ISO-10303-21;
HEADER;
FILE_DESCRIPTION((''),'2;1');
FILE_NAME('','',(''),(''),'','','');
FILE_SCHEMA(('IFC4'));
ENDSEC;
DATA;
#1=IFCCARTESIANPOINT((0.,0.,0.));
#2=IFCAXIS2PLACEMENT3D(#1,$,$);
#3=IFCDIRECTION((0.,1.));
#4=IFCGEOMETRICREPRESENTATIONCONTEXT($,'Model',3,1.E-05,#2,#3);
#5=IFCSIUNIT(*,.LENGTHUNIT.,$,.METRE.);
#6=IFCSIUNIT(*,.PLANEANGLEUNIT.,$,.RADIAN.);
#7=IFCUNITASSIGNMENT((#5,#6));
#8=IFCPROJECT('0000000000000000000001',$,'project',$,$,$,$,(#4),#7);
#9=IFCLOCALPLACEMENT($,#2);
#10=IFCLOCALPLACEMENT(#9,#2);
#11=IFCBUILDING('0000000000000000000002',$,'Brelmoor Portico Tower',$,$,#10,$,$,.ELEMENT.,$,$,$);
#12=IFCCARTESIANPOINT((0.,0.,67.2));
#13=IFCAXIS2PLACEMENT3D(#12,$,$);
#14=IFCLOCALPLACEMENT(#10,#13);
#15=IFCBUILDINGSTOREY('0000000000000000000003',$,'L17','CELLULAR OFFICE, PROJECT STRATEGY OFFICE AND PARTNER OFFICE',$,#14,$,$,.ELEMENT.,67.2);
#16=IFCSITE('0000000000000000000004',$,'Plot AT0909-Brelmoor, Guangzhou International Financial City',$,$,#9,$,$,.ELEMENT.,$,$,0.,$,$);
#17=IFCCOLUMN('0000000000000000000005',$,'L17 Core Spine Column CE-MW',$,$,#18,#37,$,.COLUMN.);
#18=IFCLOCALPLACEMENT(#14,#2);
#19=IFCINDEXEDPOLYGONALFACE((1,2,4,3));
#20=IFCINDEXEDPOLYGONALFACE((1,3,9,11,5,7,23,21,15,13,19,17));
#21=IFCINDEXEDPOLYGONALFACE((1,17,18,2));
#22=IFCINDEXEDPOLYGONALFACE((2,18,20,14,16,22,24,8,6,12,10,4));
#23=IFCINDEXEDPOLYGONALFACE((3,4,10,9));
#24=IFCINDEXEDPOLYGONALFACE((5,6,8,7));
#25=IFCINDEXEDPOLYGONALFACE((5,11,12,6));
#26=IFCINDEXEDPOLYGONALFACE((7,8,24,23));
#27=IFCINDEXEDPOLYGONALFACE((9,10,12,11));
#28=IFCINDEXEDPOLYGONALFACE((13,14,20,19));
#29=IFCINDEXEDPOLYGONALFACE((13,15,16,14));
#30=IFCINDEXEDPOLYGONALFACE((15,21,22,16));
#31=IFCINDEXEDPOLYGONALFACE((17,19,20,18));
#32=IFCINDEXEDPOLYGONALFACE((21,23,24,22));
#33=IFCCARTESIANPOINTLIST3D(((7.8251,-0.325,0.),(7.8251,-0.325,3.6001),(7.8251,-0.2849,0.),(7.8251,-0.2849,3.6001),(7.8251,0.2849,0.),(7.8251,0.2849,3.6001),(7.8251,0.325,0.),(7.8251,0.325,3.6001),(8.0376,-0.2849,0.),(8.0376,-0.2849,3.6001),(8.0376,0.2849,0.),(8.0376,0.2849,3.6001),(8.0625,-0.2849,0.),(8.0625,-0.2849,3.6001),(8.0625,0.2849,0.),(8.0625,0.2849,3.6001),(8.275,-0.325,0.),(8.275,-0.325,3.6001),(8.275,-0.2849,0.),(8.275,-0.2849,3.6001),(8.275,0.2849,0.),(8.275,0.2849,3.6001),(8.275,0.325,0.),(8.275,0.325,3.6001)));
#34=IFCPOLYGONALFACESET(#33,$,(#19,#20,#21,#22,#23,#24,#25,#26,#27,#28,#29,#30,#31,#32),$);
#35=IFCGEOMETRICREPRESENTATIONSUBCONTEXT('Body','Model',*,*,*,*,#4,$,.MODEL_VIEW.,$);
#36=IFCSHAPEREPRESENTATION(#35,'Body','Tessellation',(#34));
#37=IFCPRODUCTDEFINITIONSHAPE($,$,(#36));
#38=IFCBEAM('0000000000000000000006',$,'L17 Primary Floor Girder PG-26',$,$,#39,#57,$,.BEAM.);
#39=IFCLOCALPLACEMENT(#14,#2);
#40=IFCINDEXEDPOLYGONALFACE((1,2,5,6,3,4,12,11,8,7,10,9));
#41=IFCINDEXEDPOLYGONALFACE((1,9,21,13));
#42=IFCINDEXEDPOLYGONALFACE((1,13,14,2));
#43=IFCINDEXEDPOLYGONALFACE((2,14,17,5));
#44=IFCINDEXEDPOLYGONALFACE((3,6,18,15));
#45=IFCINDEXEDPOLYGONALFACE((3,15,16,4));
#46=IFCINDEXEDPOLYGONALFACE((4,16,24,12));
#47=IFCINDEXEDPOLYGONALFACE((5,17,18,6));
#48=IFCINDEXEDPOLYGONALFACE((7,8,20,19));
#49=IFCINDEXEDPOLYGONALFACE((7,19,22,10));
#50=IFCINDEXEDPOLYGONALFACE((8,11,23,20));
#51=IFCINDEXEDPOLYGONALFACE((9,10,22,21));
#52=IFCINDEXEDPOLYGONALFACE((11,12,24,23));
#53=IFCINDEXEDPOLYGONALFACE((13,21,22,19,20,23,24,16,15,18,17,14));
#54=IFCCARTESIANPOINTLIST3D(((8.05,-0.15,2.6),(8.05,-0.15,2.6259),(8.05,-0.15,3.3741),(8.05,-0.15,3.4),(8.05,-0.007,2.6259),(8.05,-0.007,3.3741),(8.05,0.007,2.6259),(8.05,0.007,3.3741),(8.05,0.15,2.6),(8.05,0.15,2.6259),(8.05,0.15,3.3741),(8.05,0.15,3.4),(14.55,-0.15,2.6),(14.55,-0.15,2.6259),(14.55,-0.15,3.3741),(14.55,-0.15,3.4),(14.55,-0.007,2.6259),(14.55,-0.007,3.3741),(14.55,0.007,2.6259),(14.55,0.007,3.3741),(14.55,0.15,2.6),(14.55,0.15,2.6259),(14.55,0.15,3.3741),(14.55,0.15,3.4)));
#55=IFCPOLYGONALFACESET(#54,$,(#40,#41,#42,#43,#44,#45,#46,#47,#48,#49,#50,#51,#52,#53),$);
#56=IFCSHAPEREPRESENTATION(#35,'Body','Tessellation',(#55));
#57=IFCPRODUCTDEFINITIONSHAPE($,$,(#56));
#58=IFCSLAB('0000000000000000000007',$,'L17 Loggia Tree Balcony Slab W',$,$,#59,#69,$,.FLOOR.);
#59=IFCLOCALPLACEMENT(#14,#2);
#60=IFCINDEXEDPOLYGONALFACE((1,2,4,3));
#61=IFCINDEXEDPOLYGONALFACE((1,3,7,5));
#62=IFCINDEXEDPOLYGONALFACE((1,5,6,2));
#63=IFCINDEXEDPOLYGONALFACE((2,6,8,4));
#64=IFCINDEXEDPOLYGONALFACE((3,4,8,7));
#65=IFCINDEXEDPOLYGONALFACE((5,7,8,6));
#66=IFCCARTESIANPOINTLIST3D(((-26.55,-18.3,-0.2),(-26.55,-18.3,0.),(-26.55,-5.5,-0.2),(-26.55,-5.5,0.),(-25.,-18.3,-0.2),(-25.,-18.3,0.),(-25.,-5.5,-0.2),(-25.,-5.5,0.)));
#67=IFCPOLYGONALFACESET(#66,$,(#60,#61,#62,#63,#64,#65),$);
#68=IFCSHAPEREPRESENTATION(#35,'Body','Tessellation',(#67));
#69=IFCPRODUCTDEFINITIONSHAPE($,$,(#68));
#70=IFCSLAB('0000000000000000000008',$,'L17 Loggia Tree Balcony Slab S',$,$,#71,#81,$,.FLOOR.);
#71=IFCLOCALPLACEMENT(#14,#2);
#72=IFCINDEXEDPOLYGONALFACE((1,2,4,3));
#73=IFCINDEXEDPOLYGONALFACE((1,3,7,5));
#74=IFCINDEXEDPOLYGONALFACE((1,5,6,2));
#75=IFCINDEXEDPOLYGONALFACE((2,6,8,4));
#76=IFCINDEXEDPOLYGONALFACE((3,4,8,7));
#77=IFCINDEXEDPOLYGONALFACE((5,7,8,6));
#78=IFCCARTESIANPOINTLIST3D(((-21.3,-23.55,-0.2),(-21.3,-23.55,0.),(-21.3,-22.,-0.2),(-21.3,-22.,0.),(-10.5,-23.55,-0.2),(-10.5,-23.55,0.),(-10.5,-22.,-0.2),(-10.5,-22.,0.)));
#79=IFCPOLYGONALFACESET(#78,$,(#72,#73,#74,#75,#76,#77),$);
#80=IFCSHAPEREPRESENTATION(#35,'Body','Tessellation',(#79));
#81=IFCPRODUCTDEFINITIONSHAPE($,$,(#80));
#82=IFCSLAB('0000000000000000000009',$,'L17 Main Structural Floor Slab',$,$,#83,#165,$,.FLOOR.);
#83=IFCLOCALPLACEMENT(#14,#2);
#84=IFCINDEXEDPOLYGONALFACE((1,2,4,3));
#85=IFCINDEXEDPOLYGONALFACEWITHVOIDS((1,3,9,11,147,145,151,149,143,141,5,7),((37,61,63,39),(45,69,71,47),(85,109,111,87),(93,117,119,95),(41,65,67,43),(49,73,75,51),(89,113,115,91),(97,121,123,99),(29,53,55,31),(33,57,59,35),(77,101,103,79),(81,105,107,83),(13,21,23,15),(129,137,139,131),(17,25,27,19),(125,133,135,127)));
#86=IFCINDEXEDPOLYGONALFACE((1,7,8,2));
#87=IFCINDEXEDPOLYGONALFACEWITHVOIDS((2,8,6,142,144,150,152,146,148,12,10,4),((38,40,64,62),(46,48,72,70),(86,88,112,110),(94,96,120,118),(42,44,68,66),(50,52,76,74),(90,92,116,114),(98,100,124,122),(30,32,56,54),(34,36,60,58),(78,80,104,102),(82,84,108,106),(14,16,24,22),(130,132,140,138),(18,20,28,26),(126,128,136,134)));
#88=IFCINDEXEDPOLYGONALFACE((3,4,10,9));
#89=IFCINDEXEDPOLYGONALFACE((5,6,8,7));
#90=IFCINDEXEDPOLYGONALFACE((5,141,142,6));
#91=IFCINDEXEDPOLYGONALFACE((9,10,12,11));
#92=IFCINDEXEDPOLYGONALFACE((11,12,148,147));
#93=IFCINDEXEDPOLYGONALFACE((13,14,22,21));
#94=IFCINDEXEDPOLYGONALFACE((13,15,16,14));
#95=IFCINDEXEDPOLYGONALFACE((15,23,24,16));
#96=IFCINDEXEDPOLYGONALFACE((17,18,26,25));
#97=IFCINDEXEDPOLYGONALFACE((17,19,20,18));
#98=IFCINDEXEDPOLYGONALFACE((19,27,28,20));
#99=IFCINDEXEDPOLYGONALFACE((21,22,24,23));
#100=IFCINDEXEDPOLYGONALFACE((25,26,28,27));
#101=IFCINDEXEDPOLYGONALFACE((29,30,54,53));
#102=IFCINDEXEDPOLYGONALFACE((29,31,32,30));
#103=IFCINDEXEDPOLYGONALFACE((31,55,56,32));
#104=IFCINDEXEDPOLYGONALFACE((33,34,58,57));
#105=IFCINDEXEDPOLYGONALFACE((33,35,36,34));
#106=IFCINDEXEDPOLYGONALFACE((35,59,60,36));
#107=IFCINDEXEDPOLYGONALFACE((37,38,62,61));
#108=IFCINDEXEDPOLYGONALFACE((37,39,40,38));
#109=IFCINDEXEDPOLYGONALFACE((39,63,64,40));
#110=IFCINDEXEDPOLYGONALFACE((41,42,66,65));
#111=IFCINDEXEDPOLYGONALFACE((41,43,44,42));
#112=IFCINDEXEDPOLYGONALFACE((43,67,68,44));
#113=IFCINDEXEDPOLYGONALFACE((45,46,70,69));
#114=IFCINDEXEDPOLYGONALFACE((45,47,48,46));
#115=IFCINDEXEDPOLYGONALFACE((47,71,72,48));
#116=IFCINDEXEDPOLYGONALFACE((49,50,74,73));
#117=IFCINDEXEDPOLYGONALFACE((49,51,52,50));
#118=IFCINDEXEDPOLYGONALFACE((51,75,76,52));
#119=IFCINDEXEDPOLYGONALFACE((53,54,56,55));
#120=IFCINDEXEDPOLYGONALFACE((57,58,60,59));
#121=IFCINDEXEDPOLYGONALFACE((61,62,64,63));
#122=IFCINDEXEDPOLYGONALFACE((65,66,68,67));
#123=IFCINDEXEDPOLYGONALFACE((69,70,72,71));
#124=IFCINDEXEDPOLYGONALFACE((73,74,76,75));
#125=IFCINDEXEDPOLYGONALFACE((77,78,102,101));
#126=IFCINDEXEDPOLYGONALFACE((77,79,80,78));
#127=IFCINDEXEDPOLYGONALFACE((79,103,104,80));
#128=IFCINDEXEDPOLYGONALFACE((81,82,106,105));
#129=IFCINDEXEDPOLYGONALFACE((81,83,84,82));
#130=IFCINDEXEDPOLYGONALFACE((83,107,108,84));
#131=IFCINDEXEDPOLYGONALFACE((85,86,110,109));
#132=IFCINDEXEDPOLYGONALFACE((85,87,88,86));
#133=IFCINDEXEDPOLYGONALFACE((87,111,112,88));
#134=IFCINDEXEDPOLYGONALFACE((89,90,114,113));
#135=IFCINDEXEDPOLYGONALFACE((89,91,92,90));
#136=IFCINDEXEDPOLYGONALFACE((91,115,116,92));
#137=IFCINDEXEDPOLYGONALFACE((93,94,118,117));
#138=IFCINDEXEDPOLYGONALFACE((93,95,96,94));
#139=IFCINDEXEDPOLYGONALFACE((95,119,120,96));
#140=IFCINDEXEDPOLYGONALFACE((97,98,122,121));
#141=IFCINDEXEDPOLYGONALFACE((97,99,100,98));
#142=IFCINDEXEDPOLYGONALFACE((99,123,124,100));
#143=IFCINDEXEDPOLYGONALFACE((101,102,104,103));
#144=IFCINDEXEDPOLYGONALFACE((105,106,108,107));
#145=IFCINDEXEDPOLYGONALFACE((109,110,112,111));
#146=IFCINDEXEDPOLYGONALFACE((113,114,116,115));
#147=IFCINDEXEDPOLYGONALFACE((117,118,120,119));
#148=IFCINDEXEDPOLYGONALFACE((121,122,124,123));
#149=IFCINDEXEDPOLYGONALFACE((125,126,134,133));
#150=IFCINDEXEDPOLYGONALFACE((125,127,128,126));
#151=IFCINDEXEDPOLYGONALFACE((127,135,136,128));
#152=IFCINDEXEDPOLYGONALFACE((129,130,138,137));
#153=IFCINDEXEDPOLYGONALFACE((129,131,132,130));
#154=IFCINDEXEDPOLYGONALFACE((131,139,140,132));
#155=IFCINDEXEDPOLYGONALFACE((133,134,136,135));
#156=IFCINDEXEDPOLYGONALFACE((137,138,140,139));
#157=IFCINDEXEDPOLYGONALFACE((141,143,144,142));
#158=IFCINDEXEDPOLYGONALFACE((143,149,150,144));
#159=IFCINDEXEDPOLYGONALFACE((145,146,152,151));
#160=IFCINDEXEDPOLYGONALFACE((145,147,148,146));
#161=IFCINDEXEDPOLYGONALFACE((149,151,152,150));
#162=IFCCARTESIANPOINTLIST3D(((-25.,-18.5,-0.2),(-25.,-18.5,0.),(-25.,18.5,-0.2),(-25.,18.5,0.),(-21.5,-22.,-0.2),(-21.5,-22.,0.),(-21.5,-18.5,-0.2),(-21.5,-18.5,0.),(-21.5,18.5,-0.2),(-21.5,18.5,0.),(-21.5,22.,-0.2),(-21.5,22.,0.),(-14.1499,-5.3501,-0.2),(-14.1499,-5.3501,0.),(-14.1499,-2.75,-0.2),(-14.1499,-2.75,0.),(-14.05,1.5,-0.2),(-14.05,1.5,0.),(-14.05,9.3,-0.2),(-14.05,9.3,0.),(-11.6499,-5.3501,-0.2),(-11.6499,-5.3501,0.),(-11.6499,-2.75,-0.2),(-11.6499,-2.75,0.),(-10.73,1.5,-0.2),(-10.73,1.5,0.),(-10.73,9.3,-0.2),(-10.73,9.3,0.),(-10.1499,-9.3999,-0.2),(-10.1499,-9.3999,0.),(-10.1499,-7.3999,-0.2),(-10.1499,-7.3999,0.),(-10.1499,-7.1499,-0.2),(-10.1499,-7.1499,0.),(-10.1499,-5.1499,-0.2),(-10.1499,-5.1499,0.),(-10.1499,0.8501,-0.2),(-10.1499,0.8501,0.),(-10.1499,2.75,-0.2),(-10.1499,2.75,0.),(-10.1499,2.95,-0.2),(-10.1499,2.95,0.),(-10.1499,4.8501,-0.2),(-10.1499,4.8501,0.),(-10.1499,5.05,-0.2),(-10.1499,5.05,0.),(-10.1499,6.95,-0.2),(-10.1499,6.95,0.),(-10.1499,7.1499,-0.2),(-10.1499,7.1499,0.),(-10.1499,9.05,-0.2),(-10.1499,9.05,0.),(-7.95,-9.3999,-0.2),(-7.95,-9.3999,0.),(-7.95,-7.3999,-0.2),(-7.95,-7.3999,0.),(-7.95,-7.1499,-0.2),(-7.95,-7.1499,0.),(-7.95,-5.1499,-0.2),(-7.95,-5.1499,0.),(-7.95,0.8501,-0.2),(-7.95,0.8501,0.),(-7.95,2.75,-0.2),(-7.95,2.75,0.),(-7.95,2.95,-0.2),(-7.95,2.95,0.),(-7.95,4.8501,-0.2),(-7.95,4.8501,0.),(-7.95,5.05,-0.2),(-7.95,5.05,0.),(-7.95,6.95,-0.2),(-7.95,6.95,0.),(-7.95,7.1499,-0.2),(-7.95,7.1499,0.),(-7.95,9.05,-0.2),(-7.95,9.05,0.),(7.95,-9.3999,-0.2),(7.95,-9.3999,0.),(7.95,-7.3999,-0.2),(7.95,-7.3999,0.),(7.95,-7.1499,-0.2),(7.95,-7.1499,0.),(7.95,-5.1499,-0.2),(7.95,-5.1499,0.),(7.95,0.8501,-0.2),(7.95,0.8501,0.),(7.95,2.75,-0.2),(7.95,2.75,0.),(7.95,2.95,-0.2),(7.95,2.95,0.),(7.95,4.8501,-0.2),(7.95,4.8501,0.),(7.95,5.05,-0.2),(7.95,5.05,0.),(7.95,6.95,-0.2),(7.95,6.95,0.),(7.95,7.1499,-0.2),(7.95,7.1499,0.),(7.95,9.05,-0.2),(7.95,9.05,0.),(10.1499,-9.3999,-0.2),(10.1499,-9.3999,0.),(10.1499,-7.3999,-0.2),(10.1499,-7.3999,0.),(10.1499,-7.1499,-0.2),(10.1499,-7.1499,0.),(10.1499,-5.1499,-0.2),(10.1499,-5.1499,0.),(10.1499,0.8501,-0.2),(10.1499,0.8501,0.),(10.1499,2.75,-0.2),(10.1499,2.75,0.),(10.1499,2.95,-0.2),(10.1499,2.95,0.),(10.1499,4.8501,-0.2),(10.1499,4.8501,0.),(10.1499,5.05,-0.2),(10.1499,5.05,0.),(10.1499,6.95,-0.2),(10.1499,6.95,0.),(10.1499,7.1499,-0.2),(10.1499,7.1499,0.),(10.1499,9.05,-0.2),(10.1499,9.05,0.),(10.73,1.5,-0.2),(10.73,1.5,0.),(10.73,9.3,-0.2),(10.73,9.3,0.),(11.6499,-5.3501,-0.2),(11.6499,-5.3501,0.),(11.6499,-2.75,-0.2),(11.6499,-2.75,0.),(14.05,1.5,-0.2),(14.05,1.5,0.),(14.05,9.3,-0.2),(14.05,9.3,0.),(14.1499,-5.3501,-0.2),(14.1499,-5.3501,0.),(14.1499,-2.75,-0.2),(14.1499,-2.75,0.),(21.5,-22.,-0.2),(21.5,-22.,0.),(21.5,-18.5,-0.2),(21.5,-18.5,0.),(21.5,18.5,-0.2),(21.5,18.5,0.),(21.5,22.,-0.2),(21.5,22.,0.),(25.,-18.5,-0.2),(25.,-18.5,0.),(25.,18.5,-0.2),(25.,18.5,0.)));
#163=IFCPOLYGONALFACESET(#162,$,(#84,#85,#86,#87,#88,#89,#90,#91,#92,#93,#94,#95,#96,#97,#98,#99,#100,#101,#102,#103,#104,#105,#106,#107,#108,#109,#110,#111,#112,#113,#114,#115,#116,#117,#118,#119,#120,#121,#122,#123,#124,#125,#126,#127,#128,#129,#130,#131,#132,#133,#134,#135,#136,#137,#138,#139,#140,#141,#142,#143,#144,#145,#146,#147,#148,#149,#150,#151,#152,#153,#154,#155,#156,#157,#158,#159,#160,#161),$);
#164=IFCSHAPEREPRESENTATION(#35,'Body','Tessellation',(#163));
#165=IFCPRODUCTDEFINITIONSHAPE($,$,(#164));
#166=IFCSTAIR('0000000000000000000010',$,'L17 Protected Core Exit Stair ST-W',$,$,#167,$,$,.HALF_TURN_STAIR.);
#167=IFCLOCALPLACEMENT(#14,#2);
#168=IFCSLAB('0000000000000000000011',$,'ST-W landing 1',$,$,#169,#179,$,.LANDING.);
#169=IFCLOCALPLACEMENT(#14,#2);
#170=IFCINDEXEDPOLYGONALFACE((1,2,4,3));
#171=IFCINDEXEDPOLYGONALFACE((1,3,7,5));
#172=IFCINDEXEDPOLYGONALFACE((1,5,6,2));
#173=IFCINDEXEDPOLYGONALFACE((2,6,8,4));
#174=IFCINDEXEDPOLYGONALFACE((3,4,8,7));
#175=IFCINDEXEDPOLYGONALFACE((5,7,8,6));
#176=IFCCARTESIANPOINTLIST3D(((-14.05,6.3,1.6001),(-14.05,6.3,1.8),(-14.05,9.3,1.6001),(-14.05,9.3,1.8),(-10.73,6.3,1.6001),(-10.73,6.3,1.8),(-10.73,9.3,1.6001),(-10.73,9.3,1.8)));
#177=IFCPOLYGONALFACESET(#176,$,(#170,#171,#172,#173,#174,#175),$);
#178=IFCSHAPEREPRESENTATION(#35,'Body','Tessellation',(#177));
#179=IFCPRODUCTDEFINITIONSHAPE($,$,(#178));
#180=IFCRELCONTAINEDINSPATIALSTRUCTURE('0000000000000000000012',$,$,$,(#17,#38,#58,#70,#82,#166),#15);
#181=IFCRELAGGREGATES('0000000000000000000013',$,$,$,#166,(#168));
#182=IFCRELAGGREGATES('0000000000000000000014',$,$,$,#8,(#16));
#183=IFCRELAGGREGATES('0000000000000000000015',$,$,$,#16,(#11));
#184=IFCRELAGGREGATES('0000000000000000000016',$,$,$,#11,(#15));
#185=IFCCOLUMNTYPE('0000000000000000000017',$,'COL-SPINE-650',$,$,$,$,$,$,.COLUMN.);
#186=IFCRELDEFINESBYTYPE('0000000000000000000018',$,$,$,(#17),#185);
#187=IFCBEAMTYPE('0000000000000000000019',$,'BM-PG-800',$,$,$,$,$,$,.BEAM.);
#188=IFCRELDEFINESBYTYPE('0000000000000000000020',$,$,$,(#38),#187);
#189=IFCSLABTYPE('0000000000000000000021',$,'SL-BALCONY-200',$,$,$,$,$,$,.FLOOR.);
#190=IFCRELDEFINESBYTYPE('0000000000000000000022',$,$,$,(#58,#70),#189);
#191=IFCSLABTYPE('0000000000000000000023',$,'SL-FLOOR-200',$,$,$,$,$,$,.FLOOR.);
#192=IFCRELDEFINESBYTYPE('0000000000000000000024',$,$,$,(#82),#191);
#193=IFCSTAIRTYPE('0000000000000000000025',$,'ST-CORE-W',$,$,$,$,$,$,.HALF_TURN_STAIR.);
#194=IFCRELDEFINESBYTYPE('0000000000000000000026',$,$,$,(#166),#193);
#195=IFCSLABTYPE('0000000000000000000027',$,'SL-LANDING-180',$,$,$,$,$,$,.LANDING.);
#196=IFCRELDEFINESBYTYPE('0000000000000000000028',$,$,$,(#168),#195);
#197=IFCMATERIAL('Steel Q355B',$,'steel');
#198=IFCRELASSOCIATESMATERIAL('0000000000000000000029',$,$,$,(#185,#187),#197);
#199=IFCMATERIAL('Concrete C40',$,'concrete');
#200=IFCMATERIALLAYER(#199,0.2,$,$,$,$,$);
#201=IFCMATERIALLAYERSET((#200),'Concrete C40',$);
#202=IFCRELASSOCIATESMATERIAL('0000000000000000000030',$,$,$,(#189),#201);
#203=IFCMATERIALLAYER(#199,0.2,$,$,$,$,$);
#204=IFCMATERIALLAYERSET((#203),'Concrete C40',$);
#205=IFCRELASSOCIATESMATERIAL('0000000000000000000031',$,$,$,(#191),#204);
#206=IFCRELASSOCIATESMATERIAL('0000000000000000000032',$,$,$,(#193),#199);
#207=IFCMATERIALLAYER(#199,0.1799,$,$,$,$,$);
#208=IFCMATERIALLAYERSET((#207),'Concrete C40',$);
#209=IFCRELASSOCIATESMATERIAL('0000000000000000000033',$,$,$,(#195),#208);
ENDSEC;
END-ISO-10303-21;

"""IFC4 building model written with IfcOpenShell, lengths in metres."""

from ifc_helpers import new_model, si_unit, direction, frame, origin, origin_2d, place, context, subcontext, project, spatial, polyline, i_section, outline, extrude, material, layer, layer_set, material_profile, profile_set, type_object, element, aggregate, save


model = new_model("IFC4")

# Units and contexts
model_context = context("Model", 3, precision=1e-05, world=origin(), true_north=direction((0.0, 1.0)))
body_context = subcontext(model_context, "Body", "Model", "MODEL_VIEW")
ifc_project = project(units=[si_unit("LENGTHUNIT", "METRE"), si_unit("PLANEANGLEUNIT", "RADIAN")], contexts=[model_context])

# Site, building, storey
site_placement = place(None, origin())
site = spatial("IfcSite", under=ifc_project, at=site_placement, Name="Plot AT0909-Brelmoor, Guangzhou International Financial City", CompositionType="ELEMENT", RefElevation=0.0)
building_placement = place(site_placement, origin())
building = spatial("IfcBuilding", under=site, at=building_placement, Name="Brelmoor Portico Tower", CompositionType="ELEMENT")
storey_placement = place(building_placement, frame((0.0, 0.0, 67.2)))
storey = spatial("IfcBuildingStorey", under=building, at=storey_placement, Name="L17", Description="CELLULAR OFFICE, PROJECT STRATEGY OFFICE AND PARTNER OFFICE", CompositionType="ELEMENT", Elevation=67.2)

# Column
ifc_material_1 = material(Name="Steel Q355B", Category="steel")
ifc_material_profile_1 = material_profile(ifc_material_1, i_section(OverallWidth=0.45, OverallDepth=0.6499, WebThickness=0.0249, FlangeThickness=0.04, at=origin_2d()), Name="HW 650x450x25x40")
ifc_profile_set_1 = profile_set([ifc_material_profile_1], Name="Steel Q355B")
column_type = type_object("IfcColumnType", Name="COL-SPINE-650", PredefinedType="COLUMN", material=ifc_profile_set_1)
column_placement = place(storey_placement, frame((8.05, 0.0, 0.0), z_axis=(0.0, 0.0, 1.0), x_axis=(1.0, 0.0, 0.0)))
element("IfcColumn", 1, at=column_placement, inside=storey, type_object=column_type, Name="L17 Core Spine Column CE-MW", PredefinedType="COLUMN", context=body_context, shape_type="SweptSolid", body=[
    extrude(i_section(OverallWidth=0.45, OverallDepth=0.6499, WebThickness=0.0249, FlangeThickness=0.04, at=origin_2d()), origin(), (0.0, 0.0, 1.0), 3.6001),
])

# Beam
ifc_material_profile_2 = material_profile(ifc_material_1, i_section(OverallWidth=0.3, OverallDepth=0.8, WebThickness=0.0139, FlangeThickness=0.0259, at=origin_2d()), Name="HN 800x300x14x26")
ifc_profile_set_2 = profile_set([ifc_material_profile_2], Name="Steel Q355B")
beam_type = type_object("IfcBeamType", Name="BM-PG-800", PredefinedType="BEAM", material=ifc_profile_set_2)
beam_placement = place(storey_placement, frame((8.05, 0.0, 3.0), z_axis=(1.0, 0.0, 0.0), x_axis=(0.0, 1.0, 0.0)))
element("IfcBeam", 2, at=beam_placement, inside=storey, type_object=beam_type, Name="L17 Primary Floor Girder PG-26", PredefinedType="BEAM", context=body_context, shape_type="SweptSolid", body=[
    extrude(i_section(OverallWidth=0.3, OverallDepth=0.8, WebThickness=0.0139, FlangeThickness=0.0259, at=origin_2d()), origin(), (0.0, 0.0, 1.0), 6.5),
])

# Slabs
ifc_material_2 = material(Name="Concrete C40", Category="concrete")
ifc_layer_1 = layer(ifc_material_2, 0.2)
ifc_layer_set_1 = layer_set([ifc_layer_1], Name="Concrete C40")
slab_type_1 = type_object("IfcSlabType", Name="SL-BALCONY-200", PredefinedType="FLOOR", material=ifc_layer_set_1)
slab_1_placement = place(storey_placement, frame((0.0, 0.0, -0.2)))
element("IfcSlab", 3, at=slab_1_placement, inside=storey, type_object=slab_type_1, Name="L17 Loggia Tree Balcony Slab W", PredefinedType="FLOOR", context=body_context, shape_type="SweptSolid", body=[
    extrude(outline(polyline([(-26.55, -18.3), (-25.0, -18.3), (-25.0, -5.5), (-26.55, -5.5), (-26.55, -18.3)])), origin(), (0.0, 0.0, 1.0), 0.2),
])
slab_2_placement = place(storey_placement, frame((0.0, 0.0, -0.2)))
element("IfcSlab", 4, at=slab_2_placement, inside=storey, type_object=slab_type_1, Name="L17 Loggia Tree Balcony Slab S", PredefinedType="FLOOR", context=body_context, shape_type="SweptSolid", body=[
    extrude(outline(polyline([(-21.3, -23.55), (-10.5, -23.55), (-10.5, -22.0), (-21.3, -22.0), (-21.3, -23.55)])), origin(), (0.0, 0.0, 1.0), 0.2),
])
ifc_layer_2 = layer(ifc_material_2, 0.2)
ifc_layer_set_2 = layer_set([ifc_layer_2], Name="Concrete C40")
slab_type_2 = type_object("IfcSlabType", Name="SL-FLOOR-200", PredefinedType="FLOOR", material=ifc_layer_set_2)
slab_3_placement = place(storey_placement, frame((0.0, 0.0, -0.2)))
element("IfcSlab", 5, at=slab_3_placement, inside=storey, type_object=slab_type_2, Name="L17 Main Structural Floor Slab", PredefinedType="FLOOR", context=body_context, shape_type="SweptSolid", body=[
    extrude(outline(polyline([(-21.5, -22.0), (21.5, -22.0), (21.5, -18.5), (25.0, -18.5), (25.0, 18.5), (21.5, 18.5), (21.5, 22.0), (-21.5, 22.0), (-21.5, 18.5), (-25.0, 18.5), (-25.0, -18.5), (-21.5, -18.5), (-21.5, -22.0)]), holes=[polyline([(-10.73, 1.5), (-10.73, 9.3), (-14.05, 9.3), (-14.05, 1.5), (-10.73, 1.5)]), polyline([(14.05, 1.5), (14.05, 9.3), (10.73, 9.3), (10.73, 1.5), (14.05, 1.5)]), polyline([(-10.1499, 0.8501), (-7.95, 0.8501), (-7.95, 2.75), (-10.1499, 2.75), (-10.1499, 0.8501)]), polyline([(-10.1499, 2.95), (-7.95, 2.95), (-7.95, 4.8501), (-10.1499, 4.8501), (-10.1499, 2.95)]), polyline([(-10.1499, 5.05), (-7.95, 5.05), (-7.95, 6.95), (-10.1499, 6.95), (-10.1499, 5.05)]), polyline([(-10.1499, 7.1499), (-7.95, 7.1499), (-7.95, 9.05), (-10.1499, 9.05), (-10.1499, 7.1499)]), polyline([(7.95, 0.8501), (10.1499, 0.8501), (10.1499, 2.75), (7.95, 2.75), (7.95, 0.8501)]), polyline([(7.95, 2.95), (10.1499, 2.95), (10.1499, 4.8501), (7.95, 4.8501), (7.95, 2.95)]), polyline([(7.95, 5.05), (10.1499, 5.05), (10.1499, 6.95), (7.95, 6.95), (7.95, 5.05)]), polyline([(7.95, 7.1499), (10.1499, 7.1499), (10.1499, 9.05), (7.95, 9.05), (7.95, 7.1499)]), polyline([(-10.1499, -9.3999), (-7.95, -9.3999), (-7.95, -7.3999), (-10.1499, -7.3999), (-10.1499, -9.3999)]), polyline([(-10.1499, -7.1499), (-7.95, -7.1499), (-7.95, -5.1499), (-10.1499, -5.1499), (-10.1499, -7.1499)]), polyline([(7.95, -9.3999), (10.1499, -9.3999), (10.1499, -7.3999), (7.95, -7.3999), (7.95, -9.3999)]), polyline([(7.95, -7.1499), (10.1499, -7.1499), (10.1499, -5.1499), (7.95, -5.1499), (7.95, -7.1499)]), polyline([(-14.1499, -5.3501), (-11.6499, -5.3501), (-11.6499, -2.75), (-14.1499, -2.75), (-14.1499, -5.3501)]), polyline([(11.6499, -5.3501), (14.1499, -5.3501), (14.1499, -2.75), (11.6499, -2.75), (11.6499, -5.3501)])]), origin(), (0.0, 0.0, 1.0), 0.2),
])

# Stair, slab
stair_type_1 = type_object("IfcStairType", Name="ST-CORE-W", PredefinedType="HALF_TURN_STAIR", material=ifc_material_2)
stair_1_placement = place(storey_placement, origin())
stair_1 = element("IfcStair", 6, at=stair_1_placement, inside=storey, type_object=stair_type_1, Name="L17 Protected Core Exit Stair ST-W", PredefinedType="HALF_TURN_STAIR")
ifc_layer_3 = layer(ifc_material_2, 0.1799)
ifc_layer_set_3 = layer_set([ifc_layer_3], Name="Concrete C40")
slab_type_3 = type_object("IfcSlabType", Name="SL-LANDING-180", PredefinedType="LANDING", material=ifc_layer_set_3)
slab_4_placement = place(storey_placement, frame((0.0, 0.0, 1.6001)))
slab_4 = element("IfcSlab", 7, at=slab_4_placement, type_object=slab_type_3, Name="ST-W landing 1", PredefinedType="LANDING", context=body_context, shape_type="SweptSolid", body=[
    extrude(outline(polyline([(-10.73, 6.3), (-10.73, 9.3), (-14.05, 9.3), (-14.05, 6.3), (-10.73, 6.3)])), origin(), (0.0, 0.0, 1.0), 0.2),
])
aggregate(stair_1, [slab_4])

save(model, "model.ifc")
